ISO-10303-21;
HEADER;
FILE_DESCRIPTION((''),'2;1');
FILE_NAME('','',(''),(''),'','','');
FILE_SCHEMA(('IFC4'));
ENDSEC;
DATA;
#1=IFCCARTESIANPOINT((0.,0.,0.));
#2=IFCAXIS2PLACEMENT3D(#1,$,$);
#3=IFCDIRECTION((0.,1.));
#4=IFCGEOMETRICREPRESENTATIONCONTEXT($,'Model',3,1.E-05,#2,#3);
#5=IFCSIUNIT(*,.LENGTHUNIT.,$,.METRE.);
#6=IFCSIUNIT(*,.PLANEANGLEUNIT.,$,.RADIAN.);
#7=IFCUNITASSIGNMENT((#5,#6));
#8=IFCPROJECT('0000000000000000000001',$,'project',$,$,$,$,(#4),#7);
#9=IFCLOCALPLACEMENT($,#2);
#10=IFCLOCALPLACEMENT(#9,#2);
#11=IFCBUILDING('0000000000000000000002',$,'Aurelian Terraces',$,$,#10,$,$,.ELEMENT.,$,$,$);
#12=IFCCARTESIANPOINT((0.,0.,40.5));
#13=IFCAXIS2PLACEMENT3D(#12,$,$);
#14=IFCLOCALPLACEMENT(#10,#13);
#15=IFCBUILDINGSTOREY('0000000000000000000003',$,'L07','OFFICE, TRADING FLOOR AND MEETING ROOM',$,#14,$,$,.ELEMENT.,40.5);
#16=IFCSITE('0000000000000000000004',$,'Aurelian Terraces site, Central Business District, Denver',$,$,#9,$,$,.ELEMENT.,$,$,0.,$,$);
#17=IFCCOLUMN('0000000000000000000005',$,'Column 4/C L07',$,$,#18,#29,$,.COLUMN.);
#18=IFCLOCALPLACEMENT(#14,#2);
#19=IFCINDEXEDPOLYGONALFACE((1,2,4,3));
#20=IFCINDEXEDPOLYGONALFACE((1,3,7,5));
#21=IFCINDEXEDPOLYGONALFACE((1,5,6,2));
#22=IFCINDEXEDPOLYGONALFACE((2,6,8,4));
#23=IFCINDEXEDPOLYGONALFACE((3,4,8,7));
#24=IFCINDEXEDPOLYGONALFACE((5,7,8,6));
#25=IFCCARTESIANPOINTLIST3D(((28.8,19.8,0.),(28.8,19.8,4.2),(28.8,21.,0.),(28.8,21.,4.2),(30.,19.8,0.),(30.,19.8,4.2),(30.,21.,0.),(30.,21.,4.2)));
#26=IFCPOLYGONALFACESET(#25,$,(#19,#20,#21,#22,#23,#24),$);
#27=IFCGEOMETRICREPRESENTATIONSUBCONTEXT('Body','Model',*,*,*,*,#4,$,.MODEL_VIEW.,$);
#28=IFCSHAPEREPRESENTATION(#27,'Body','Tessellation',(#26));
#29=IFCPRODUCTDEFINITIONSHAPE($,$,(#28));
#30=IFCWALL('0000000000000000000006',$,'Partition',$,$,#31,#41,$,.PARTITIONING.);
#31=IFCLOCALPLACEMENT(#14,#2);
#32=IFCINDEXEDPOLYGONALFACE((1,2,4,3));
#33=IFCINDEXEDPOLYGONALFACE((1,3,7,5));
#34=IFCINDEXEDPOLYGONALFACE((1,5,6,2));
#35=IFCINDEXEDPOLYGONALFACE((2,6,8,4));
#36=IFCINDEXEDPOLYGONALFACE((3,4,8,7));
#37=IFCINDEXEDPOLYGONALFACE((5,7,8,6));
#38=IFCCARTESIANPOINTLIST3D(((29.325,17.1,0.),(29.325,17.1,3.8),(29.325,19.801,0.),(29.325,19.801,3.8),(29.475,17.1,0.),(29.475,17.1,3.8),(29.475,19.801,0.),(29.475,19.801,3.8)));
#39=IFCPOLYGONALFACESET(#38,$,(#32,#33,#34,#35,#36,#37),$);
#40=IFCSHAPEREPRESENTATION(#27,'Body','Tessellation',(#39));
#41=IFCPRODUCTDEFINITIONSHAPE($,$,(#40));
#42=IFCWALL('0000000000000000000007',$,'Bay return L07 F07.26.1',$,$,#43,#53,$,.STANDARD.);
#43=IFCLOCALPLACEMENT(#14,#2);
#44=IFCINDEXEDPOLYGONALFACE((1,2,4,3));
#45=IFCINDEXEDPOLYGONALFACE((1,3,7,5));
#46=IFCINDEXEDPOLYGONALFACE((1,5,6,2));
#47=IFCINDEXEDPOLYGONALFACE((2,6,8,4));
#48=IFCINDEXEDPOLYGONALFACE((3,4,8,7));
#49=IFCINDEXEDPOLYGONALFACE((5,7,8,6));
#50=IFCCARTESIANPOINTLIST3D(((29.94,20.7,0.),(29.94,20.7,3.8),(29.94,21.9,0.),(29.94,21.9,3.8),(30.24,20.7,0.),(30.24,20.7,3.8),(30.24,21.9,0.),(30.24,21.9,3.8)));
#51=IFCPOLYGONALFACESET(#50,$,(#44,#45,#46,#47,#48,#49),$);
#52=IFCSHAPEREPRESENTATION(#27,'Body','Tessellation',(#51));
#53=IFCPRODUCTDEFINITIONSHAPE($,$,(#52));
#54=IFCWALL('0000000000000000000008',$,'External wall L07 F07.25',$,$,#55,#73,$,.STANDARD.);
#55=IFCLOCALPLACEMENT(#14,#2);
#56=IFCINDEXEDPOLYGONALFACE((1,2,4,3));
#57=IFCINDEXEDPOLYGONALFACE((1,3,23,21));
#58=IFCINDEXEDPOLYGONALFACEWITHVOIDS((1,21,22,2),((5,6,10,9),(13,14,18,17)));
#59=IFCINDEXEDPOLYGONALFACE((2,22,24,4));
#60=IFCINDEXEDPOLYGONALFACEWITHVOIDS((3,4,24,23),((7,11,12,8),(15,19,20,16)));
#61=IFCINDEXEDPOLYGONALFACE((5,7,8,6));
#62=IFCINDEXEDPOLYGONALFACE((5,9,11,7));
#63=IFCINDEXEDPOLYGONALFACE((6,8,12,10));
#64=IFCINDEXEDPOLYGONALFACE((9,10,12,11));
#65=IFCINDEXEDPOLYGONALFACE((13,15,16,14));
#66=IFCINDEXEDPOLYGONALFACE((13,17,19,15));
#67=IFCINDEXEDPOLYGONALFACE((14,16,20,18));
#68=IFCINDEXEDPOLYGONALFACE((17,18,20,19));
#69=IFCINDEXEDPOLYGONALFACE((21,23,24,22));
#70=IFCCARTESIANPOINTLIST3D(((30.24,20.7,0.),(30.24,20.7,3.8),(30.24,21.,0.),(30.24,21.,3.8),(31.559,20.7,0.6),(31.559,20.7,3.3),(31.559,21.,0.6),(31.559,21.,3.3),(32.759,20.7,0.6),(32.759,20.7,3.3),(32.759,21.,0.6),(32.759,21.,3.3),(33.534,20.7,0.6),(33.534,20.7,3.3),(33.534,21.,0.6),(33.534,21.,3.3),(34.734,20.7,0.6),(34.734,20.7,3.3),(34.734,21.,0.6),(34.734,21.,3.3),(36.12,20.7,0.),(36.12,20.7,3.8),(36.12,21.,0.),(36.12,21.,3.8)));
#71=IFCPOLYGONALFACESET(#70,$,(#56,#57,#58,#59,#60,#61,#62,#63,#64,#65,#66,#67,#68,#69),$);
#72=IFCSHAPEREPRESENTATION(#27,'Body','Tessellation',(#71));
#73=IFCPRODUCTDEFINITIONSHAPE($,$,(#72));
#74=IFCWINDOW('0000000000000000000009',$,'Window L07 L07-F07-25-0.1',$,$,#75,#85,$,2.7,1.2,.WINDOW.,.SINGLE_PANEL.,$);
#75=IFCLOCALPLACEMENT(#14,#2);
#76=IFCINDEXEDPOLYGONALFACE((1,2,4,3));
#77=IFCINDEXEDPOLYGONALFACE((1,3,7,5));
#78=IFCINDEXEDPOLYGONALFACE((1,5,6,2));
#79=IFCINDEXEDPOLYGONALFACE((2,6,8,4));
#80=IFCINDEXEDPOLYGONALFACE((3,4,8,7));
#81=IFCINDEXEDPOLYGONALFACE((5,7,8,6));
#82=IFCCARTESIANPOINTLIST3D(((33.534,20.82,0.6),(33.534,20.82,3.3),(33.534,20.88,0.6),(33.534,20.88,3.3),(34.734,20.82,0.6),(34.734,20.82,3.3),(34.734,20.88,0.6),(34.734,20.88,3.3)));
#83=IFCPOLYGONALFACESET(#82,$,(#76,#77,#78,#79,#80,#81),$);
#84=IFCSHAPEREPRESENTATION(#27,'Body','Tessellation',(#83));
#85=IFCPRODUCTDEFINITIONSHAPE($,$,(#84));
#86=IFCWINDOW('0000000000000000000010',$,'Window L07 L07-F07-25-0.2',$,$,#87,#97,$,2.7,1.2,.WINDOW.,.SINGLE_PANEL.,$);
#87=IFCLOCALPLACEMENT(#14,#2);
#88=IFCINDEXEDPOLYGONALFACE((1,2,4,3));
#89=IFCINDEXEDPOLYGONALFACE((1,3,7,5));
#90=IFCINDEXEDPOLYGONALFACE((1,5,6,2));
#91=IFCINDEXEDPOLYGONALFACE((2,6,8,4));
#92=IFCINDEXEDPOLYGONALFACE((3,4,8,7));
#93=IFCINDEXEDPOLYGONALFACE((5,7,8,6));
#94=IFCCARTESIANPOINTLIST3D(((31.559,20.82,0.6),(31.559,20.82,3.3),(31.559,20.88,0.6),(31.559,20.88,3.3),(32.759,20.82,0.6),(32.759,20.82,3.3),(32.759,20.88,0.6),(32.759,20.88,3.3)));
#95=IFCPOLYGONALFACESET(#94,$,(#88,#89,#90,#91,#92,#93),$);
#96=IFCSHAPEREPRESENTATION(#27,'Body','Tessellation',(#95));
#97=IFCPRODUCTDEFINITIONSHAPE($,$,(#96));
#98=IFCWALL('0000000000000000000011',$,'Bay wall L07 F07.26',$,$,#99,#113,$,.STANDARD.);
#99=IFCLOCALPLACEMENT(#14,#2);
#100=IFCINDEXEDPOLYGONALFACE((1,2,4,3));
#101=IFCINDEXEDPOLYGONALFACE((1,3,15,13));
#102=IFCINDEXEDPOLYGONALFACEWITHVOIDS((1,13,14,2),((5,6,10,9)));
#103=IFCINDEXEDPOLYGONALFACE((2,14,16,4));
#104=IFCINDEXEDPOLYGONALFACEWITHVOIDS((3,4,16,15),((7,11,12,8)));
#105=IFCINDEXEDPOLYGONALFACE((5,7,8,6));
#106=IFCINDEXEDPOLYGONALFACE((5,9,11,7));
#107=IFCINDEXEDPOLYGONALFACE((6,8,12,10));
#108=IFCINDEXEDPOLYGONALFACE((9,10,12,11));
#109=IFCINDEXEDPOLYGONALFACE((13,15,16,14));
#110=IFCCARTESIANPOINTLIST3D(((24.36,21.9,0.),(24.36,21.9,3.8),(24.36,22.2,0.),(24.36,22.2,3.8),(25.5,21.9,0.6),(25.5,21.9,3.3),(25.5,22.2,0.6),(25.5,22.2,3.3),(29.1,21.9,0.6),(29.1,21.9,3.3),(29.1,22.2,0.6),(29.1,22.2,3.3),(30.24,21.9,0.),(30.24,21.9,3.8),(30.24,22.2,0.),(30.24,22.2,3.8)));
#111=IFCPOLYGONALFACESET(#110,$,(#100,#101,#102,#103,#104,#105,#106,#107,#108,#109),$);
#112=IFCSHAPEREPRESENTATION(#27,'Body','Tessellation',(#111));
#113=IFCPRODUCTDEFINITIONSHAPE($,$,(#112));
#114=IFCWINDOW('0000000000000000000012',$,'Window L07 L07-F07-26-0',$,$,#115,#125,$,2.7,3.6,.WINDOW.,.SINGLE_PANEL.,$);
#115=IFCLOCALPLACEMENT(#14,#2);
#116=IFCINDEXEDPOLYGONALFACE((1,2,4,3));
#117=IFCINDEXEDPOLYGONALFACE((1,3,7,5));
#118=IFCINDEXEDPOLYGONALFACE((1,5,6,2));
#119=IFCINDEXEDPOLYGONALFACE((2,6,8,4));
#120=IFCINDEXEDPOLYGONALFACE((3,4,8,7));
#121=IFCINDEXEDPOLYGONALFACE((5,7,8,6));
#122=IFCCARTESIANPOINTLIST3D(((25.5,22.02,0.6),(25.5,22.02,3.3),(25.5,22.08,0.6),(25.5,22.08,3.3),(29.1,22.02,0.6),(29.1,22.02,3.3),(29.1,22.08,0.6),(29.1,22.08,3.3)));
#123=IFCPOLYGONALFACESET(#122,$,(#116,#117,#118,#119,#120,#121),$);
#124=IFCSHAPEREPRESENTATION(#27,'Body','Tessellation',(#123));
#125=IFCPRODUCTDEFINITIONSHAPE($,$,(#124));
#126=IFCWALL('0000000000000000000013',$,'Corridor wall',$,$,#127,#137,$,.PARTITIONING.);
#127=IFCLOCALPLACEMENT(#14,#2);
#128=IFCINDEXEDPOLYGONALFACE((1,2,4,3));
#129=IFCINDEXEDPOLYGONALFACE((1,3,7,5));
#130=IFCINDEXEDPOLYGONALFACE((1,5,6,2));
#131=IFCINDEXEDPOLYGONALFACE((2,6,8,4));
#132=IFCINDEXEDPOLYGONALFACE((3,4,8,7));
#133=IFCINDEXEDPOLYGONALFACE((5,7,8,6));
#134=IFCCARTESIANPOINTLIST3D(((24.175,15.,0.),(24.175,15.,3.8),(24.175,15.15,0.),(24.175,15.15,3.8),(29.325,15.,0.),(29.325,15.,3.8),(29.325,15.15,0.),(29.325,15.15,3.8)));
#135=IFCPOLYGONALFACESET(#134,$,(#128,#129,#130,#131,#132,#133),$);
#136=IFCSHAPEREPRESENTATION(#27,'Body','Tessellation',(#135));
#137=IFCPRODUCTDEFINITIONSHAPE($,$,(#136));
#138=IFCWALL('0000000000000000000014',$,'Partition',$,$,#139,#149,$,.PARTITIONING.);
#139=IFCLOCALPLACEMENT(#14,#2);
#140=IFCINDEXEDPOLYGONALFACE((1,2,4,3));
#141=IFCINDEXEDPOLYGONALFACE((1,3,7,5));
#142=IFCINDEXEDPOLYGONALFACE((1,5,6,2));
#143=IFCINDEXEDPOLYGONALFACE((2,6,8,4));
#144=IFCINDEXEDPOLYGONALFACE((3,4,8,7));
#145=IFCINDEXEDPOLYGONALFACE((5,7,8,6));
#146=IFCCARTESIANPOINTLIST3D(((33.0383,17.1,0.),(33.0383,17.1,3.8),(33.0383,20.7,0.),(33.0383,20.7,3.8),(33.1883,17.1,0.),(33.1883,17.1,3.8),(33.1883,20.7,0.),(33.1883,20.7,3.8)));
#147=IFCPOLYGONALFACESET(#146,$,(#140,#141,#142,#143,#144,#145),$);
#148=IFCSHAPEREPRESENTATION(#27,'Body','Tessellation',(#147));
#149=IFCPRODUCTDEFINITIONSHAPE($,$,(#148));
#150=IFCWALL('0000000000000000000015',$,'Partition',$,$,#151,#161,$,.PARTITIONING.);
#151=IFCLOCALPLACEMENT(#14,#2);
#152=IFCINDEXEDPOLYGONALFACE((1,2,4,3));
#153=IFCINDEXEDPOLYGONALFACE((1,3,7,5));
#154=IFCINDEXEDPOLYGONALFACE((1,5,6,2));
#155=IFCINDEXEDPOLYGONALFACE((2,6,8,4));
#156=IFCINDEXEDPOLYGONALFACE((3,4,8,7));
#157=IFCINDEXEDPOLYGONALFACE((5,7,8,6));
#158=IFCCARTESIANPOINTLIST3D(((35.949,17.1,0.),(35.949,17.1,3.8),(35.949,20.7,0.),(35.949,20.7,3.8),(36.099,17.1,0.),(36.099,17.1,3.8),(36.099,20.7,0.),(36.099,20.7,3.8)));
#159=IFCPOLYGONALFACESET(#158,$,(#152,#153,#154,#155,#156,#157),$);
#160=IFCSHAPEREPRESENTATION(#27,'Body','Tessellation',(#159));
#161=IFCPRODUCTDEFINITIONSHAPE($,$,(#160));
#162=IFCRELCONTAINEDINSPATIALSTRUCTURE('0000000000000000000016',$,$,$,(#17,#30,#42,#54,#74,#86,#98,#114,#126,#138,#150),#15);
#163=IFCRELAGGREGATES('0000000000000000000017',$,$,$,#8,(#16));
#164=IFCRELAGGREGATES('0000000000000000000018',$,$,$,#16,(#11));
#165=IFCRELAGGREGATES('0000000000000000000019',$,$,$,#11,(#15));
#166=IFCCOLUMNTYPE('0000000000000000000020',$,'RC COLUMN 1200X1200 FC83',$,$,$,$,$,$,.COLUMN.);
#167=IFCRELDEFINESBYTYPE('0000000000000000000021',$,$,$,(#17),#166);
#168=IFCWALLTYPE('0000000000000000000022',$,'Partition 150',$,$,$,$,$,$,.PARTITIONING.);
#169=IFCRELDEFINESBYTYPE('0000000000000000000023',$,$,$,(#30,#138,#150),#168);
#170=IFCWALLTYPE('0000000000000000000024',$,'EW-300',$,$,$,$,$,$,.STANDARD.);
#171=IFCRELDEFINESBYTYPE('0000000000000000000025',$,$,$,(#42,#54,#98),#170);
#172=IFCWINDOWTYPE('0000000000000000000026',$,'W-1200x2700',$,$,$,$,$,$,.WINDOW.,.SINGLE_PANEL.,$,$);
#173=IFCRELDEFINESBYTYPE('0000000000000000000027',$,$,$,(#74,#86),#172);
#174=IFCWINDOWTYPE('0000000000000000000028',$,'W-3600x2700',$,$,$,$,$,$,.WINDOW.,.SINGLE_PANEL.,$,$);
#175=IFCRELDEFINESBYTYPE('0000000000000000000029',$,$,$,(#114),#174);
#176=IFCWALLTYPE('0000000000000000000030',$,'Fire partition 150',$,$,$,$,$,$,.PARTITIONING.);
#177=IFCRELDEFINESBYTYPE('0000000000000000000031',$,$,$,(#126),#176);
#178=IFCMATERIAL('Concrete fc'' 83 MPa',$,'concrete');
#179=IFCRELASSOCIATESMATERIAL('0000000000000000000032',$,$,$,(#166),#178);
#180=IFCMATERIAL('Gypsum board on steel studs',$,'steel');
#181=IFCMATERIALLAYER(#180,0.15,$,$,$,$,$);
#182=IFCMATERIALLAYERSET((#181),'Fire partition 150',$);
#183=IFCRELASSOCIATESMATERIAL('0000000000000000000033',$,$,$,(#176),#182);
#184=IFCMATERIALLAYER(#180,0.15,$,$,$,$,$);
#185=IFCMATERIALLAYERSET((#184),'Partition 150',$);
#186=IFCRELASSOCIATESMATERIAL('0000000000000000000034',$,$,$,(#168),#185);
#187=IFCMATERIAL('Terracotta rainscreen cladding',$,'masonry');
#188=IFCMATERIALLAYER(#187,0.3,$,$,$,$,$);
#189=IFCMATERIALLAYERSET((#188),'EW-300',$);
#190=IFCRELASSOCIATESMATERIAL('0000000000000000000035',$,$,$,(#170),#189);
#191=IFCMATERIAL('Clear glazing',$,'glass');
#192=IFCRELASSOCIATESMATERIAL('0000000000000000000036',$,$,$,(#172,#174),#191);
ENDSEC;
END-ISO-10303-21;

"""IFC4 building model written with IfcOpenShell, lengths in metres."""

from ifc_helpers import new_model, si_unit, direction, frame, frame_2d, origin, origin_2d, place, context, subcontext, project, spatial, rectangle, extrude, source, transform, mapped, material, layer, layer_set, material_profile, profile_set, type_object, element, fill, save


model = new_model("IFC4")

# Units and contexts
model_context = context("Model", 3, precision=1e-05, world=origin(), true_north=direction((0.0, 1.0)))
body_context = subcontext(model_context, "Body", "Model", "MODEL_VIEW")
ifc_project = project(units=[si_unit("LENGTHUNIT", "METRE"), si_unit("PLANEANGLEUNIT", "RADIAN")], contexts=[model_context])

# Site, building, storey
site_placement = place(None, origin())
site = spatial("IfcSite", under=ifc_project, at=site_placement, Name="Aurelian Terraces site, Central Business District, Denver", CompositionType="ELEMENT", RefElevation=0.0)
building_placement = place(site_placement, origin())
building = spatial("IfcBuilding", under=site, at=building_placement, Name="Aurelian Terraces", CompositionType="ELEMENT")
storey_placement = place(building_placement, frame((0.0, 0.0, 40.5)))
storey = spatial("IfcBuildingStorey", under=building, at=storey_placement, Name="L07", Description="OFFICE, TRADING FLOOR AND MEETING ROOM", CompositionType="ELEMENT", Elevation=40.5)

# Column
ifc_material_1 = material(Name="Concrete fc' 83 MPa", Category="concrete")
ifc_material_profile = material_profile(ifc_material_1, rectangle(XDim=1.2, YDim=1.2, at=origin_2d()))
ifc_profile_set = profile_set([ifc_material_profile], Name="Concrete fc' 83 MPa")
column_type = type_object("IfcColumnType", Name="RC COLUMN 1200X1200 FC83", PredefinedType="COLUMN", material=ifc_profile_set)
shared_shape_1 = source(origin(), body_context, "Body", "SweptSolid", [
    extrude(rectangle(XDim=1.2, YDim=1.2, at=origin_2d()), origin(), (0.0, 0.0, 1.0), 4.2),
])
column_placement = place(storey_placement, frame((29.4, 20.4, 0.0), z_axis=(0.0, 0.0, 1.0), x_axis=(1.0, 0.0, 0.0)))
element("IfcColumn", 1, at=column_placement, inside=storey, type_object=column_type, Name="Column 4/C L07", PredefinedType="COLUMN", context=body_context, shape_type="MappedRepresentation", body=[
    mapped(shared_shape_1, transform((0.0, 0.0, 0.0), scale=1.0)),
])

# Shared definitions
ifc_material_2 = material(Name="Gypsum board on steel studs", Category="steel")
ifc_layer_1 = layer(ifc_material_2, 0.15)
ifc_layer_set_1 = layer_set([ifc_layer_1], Name="Fire partition 150")
wall_type_1 = type_object("IfcWallType", Name="Fire partition 150", PredefinedType="PARTITIONING", material=ifc_layer_set_1)

# Walls
ifc_layer_2 = layer(ifc_material_2, 0.15)
ifc_layer_set_2 = layer_set([ifc_layer_2], Name="Partition 150")
wall_type_2 = type_object("IfcWallType", Name="Partition 150", PredefinedType="PARTITIONING", material=ifc_layer_set_2)
wall_1_placement = place(storey_placement, frame((29.4, 17.1, 0.0), z_axis=(0.0, 0.0, 1.0), x_axis=(0.0, 1.0, 0.0)))
element("IfcWall", 2, at=wall_1_placement, inside=storey, type_object=wall_type_2, Name="Partition", PredefinedType="PARTITIONING", context=body_context, shape_type="SweptSolid", body=[
    extrude(rectangle(XDim=2.701, YDim=0.15, at=frame_2d((1.3505, 0.0))), origin(), (0.0, 0.0, 1.0), 3.8),
])
ifc_material_3 = material(Name="Terracotta rainscreen cladding", Category="masonry")
ifc_layer_3 = layer(ifc_material_3, 0.3)
ifc_layer_set_3 = layer_set([ifc_layer_3], Name="EW-300")
wall_type_3 = type_object("IfcWallType", Name="EW-300", PredefinedType="STANDARD", material=ifc_layer_set_3)
shared_shape_2 = source(origin(), body_context, "Body", "SweptSolid", [
    extrude(rectangle(XDim=1.2, YDim=0.3, at=frame_2d((0.6, 0.0))), origin(), (0.0, 0.0, 1.0), 3.8),
])
wall_2_placement = place(storey_placement, frame((30.09, 20.7, 0.0), z_axis=(0.0, 0.0, 1.0), x_axis=(0.0, 1.0, 0.0)))
element("IfcWall", 3, at=wall_2_placement, inside=storey, type_object=wall_type_3, Name="Bay return L07 F07.26.1", PredefinedType="STANDARD", context=body_context, shape_type="MappedRepresentation", body=[
    mapped(shared_shape_2, transform((0.0, 0.0, 0.0), scale=1.0)),
])

# Wall, openings, windows
shared_shape_3 = source(origin(), body_context, "Body", "SweptSolid", [
    extrude(rectangle(XDim=5.88, YDim=0.3, at=frame_2d((2.94, 0.0))), origin(), (0.0, 0.0, 1.0), 3.8),
])
wall_3_placement = place(storey_placement, frame((36.12, 20.85, 0.0), z_axis=(0.0, 0.0, 1.0), x_axis=(-1.0, 0.0, 0.0)))
wall_3 = element("IfcWall", 4, at=wall_3_placement, inside=storey, type_object=wall_type_3, Name="External wall L07 F07.25", PredefinedType="STANDARD", context=body_context, shape_type="MappedRepresentation", body=[
    mapped(shared_shape_3, transform((0.0, 0.0, 0.0), scale=1.0)),
])
shared_shape_4 = source(origin(), body_context, "Body", "SweptSolid", [
    extrude(rectangle(XDim=1.2, YDim=2.7, at=frame_2d((0.6, 1.35))), frame((0.0, 0.16, 0.0), z_axis=(0.0, -1.0, 0.0), x_axis=(1.0, 0.0, 0.0)), (0.0, 0.0, 1.0), 0.32),
])
opening_1_placement = place(wall_3_placement, frame((1.386, 0.0, 0.6)))
opening_1 = element("IfcOpeningElement", 5, at=opening_1_placement, cuts=wall_3, PredefinedType="OPENING", context=body_context, shape_type="MappedRepresentation", body=[
    mapped(shared_shape_4, transform((0.0, 0.0, 0.0), scale=1.0)),
])
opening_2_placement = place(wall_3_placement, frame((3.361, 0.0, 0.6)))
opening_2 = element("IfcOpeningElement", 6, at=opening_2_placement, cuts=wall_3, PredefinedType="OPENING", context=body_context, shape_type="MappedRepresentation", body=[
    mapped(shared_shape_4, transform((0.0, 0.0, 0.0), scale=1.0)),
])
ifc_material_4 = material(Name="Clear glazing", Category="glass")
window_type_1 = type_object("IfcWindowType", Name="W-1200x2700", PartitioningType="SINGLE_PANEL", PredefinedType="WINDOW", material=ifc_material_4)
shared_shape_5 = source(origin(), body_context, "Body", "SweptSolid", [
    extrude(rectangle(XDim=1.2, YDim=2.7, at=frame_2d((0.6, 1.35))), frame((0.0, 0.03, 0.0), z_axis=(0.0, -1.0, 0.0), x_axis=(1.0, 0.0, 0.0)), (0.0, 0.0, 1.0), 0.06),
])
window_1_placement = place(opening_1_placement, origin())
window_1 = element("IfcWindow", 7, at=window_1_placement, inside=storey, type_object=window_type_1, Name="Window L07 L07-F07-25-0.1", OverallHeight=2.7, OverallWidth=1.2, PartitioningType="SINGLE_PANEL", PredefinedType="WINDOW", context=body_context, shape_type="MappedRepresentation", body=[
    mapped(shared_shape_5, transform((0.0, 0.0, 0.0), scale=1.0)),
])
fill(opening_1, window_1)
window_2_placement = place(opening_2_placement, origin())
window_2 = element("IfcWindow", 8, at=window_2_placement, inside=storey, type_object=window_type_1, Name="Window L07 L07-F07-25-0.2", OverallHeight=2.7, OverallWidth=1.2, PartitioningType="SINGLE_PANEL", PredefinedType="WINDOW", context=body_context, shape_type="MappedRepresentation", body=[
    mapped(shared_shape_5, transform((0.0, 0.0, 0.0), scale=1.0)),
])
fill(opening_2, window_2)

# Wall, opening, window
wall_4_placement = place(storey_placement, frame((30.24, 22.05, 0.0), z_axis=(0.0, 0.0, 1.0), x_axis=(-1.0, 0.0, 0.0)))
wall_4 = element("IfcWall", 9, at=wall_4_placement, inside=storey, type_object=wall_type_3, Name="Bay wall L07 F07.26", PredefinedType="STANDARD", context=body_context, shape_type="MappedRepresentation", body=[
    mapped(shared_shape_3, transform((0.0, 0.0, 0.0), scale=1.0)),
])
shared_shape_6 = source(origin(), body_context, "Body", "SweptSolid", [
    extrude(rectangle(XDim=3.6, YDim=2.7, at=frame_2d((1.8, 1.35))), frame((0.0, 0.16, 0.0), z_axis=(0.0, -1.0, 0.0), x_axis=(1.0, 0.0, 0.0)), (0.0, 0.0, 1.0), 0.32),
])
opening_3_placement = place(wall_4_placement, frame((1.14, 0.0, 0.6)))
opening_3 = element("IfcOpeningElement", 10, at=opening_3_placement, cuts=wall_4, PredefinedType="OPENING", context=body_context, shape_type="MappedRepresentation", body=[
    mapped(shared_shape_6, transform((0.0, 0.0, 0.0), scale=1.0)),
])
window_type_2 = type_object("IfcWindowType", Name="W-3600x2700", PartitioningType="SINGLE_PANEL", PredefinedType="WINDOW", material=ifc_material_4)
shared_shape_7 = source(origin(), body_context, "Body", "SweptSolid", [
    extrude(rectangle(XDim=3.6, YDim=2.7, at=frame_2d((1.8, 1.35))), frame((0.0, 0.03, 0.0), z_axis=(0.0, -1.0, 0.0), x_axis=(1.0, 0.0, 0.0)), (0.0, 0.0, 1.0), 0.06),
])
window_3_placement = place(opening_3_placement, origin())
window_3 = element("IfcWindow", 11, at=window_3_placement, inside=storey, type_object=window_type_2, Name="Window L07 L07-F07-26-0", OverallHeight=2.7, OverallWidth=3.6, PartitioningType="SINGLE_PANEL", PredefinedType="WINDOW", context=body_context, shape_type="MappedRepresentation", body=[
    mapped(shared_shape_7, transform((0.0, 0.0, 0.0), scale=1.0)),
])
fill(opening_3, window_3)

# Walls
shared_shape_8 = source(origin(), body_context, "Body", "SweptSolid", [
    extrude(rectangle(XDim=5.15, YDim=0.15, at=frame_2d((2.575, 0.0))), origin(), (0.0, 0.0, 1.0), 3.8),
])
wall_5_placement = place(storey_placement, frame((29.325, 15.075, 0.0), z_axis=(0.0, 0.0, 1.0), x_axis=(-1.0, 0.0, 0.0)))
element("IfcWall", 12, at=wall_5_placement, inside=storey, type_object=wall_type_1, Name="Corridor wall", PredefinedType="PARTITIONING", context=body_context, shape_type="MappedRepresentation", body=[
    mapped(shared_shape_8, transform((0.0, 0.0, 0.0), scale=1.0)),
])
shared_shape_9 = source(origin(), body_context, "Body", "SweptSolid", [
    extrude(rectangle(XDim=3.6, YDim=0.15, at=frame_2d((1.8, 0.0))), origin(), (0.0, 0.0, 1.0), 3.8),
])
for number, where, z_axis, x_axis, name in (
    (13, (33.1133, 20.7, 0.0), (0.0, 0.0, 1.0), (0.0, -1.0, 0.0), "Partition"),
    (14, (36.024, 20.7, 0.0), (0.0, 0.0, 1.0), (0.0, -1.0, 0.0), "Partition"),
):
    element("IfcWall", number, at=place(storey_placement, frame(where, z_axis=z_axis, x_axis=x_axis)), inside=storey, type_object=wall_type_2, Name=name, PredefinedType="PARTITIONING", context=body_context, shape_type="MappedRepresentation", body=[
        mapped(shared_shape_9, transform((0.0, 0.0, 0.0), scale=1.0)),
    ])

save(model, "model.ifc")
